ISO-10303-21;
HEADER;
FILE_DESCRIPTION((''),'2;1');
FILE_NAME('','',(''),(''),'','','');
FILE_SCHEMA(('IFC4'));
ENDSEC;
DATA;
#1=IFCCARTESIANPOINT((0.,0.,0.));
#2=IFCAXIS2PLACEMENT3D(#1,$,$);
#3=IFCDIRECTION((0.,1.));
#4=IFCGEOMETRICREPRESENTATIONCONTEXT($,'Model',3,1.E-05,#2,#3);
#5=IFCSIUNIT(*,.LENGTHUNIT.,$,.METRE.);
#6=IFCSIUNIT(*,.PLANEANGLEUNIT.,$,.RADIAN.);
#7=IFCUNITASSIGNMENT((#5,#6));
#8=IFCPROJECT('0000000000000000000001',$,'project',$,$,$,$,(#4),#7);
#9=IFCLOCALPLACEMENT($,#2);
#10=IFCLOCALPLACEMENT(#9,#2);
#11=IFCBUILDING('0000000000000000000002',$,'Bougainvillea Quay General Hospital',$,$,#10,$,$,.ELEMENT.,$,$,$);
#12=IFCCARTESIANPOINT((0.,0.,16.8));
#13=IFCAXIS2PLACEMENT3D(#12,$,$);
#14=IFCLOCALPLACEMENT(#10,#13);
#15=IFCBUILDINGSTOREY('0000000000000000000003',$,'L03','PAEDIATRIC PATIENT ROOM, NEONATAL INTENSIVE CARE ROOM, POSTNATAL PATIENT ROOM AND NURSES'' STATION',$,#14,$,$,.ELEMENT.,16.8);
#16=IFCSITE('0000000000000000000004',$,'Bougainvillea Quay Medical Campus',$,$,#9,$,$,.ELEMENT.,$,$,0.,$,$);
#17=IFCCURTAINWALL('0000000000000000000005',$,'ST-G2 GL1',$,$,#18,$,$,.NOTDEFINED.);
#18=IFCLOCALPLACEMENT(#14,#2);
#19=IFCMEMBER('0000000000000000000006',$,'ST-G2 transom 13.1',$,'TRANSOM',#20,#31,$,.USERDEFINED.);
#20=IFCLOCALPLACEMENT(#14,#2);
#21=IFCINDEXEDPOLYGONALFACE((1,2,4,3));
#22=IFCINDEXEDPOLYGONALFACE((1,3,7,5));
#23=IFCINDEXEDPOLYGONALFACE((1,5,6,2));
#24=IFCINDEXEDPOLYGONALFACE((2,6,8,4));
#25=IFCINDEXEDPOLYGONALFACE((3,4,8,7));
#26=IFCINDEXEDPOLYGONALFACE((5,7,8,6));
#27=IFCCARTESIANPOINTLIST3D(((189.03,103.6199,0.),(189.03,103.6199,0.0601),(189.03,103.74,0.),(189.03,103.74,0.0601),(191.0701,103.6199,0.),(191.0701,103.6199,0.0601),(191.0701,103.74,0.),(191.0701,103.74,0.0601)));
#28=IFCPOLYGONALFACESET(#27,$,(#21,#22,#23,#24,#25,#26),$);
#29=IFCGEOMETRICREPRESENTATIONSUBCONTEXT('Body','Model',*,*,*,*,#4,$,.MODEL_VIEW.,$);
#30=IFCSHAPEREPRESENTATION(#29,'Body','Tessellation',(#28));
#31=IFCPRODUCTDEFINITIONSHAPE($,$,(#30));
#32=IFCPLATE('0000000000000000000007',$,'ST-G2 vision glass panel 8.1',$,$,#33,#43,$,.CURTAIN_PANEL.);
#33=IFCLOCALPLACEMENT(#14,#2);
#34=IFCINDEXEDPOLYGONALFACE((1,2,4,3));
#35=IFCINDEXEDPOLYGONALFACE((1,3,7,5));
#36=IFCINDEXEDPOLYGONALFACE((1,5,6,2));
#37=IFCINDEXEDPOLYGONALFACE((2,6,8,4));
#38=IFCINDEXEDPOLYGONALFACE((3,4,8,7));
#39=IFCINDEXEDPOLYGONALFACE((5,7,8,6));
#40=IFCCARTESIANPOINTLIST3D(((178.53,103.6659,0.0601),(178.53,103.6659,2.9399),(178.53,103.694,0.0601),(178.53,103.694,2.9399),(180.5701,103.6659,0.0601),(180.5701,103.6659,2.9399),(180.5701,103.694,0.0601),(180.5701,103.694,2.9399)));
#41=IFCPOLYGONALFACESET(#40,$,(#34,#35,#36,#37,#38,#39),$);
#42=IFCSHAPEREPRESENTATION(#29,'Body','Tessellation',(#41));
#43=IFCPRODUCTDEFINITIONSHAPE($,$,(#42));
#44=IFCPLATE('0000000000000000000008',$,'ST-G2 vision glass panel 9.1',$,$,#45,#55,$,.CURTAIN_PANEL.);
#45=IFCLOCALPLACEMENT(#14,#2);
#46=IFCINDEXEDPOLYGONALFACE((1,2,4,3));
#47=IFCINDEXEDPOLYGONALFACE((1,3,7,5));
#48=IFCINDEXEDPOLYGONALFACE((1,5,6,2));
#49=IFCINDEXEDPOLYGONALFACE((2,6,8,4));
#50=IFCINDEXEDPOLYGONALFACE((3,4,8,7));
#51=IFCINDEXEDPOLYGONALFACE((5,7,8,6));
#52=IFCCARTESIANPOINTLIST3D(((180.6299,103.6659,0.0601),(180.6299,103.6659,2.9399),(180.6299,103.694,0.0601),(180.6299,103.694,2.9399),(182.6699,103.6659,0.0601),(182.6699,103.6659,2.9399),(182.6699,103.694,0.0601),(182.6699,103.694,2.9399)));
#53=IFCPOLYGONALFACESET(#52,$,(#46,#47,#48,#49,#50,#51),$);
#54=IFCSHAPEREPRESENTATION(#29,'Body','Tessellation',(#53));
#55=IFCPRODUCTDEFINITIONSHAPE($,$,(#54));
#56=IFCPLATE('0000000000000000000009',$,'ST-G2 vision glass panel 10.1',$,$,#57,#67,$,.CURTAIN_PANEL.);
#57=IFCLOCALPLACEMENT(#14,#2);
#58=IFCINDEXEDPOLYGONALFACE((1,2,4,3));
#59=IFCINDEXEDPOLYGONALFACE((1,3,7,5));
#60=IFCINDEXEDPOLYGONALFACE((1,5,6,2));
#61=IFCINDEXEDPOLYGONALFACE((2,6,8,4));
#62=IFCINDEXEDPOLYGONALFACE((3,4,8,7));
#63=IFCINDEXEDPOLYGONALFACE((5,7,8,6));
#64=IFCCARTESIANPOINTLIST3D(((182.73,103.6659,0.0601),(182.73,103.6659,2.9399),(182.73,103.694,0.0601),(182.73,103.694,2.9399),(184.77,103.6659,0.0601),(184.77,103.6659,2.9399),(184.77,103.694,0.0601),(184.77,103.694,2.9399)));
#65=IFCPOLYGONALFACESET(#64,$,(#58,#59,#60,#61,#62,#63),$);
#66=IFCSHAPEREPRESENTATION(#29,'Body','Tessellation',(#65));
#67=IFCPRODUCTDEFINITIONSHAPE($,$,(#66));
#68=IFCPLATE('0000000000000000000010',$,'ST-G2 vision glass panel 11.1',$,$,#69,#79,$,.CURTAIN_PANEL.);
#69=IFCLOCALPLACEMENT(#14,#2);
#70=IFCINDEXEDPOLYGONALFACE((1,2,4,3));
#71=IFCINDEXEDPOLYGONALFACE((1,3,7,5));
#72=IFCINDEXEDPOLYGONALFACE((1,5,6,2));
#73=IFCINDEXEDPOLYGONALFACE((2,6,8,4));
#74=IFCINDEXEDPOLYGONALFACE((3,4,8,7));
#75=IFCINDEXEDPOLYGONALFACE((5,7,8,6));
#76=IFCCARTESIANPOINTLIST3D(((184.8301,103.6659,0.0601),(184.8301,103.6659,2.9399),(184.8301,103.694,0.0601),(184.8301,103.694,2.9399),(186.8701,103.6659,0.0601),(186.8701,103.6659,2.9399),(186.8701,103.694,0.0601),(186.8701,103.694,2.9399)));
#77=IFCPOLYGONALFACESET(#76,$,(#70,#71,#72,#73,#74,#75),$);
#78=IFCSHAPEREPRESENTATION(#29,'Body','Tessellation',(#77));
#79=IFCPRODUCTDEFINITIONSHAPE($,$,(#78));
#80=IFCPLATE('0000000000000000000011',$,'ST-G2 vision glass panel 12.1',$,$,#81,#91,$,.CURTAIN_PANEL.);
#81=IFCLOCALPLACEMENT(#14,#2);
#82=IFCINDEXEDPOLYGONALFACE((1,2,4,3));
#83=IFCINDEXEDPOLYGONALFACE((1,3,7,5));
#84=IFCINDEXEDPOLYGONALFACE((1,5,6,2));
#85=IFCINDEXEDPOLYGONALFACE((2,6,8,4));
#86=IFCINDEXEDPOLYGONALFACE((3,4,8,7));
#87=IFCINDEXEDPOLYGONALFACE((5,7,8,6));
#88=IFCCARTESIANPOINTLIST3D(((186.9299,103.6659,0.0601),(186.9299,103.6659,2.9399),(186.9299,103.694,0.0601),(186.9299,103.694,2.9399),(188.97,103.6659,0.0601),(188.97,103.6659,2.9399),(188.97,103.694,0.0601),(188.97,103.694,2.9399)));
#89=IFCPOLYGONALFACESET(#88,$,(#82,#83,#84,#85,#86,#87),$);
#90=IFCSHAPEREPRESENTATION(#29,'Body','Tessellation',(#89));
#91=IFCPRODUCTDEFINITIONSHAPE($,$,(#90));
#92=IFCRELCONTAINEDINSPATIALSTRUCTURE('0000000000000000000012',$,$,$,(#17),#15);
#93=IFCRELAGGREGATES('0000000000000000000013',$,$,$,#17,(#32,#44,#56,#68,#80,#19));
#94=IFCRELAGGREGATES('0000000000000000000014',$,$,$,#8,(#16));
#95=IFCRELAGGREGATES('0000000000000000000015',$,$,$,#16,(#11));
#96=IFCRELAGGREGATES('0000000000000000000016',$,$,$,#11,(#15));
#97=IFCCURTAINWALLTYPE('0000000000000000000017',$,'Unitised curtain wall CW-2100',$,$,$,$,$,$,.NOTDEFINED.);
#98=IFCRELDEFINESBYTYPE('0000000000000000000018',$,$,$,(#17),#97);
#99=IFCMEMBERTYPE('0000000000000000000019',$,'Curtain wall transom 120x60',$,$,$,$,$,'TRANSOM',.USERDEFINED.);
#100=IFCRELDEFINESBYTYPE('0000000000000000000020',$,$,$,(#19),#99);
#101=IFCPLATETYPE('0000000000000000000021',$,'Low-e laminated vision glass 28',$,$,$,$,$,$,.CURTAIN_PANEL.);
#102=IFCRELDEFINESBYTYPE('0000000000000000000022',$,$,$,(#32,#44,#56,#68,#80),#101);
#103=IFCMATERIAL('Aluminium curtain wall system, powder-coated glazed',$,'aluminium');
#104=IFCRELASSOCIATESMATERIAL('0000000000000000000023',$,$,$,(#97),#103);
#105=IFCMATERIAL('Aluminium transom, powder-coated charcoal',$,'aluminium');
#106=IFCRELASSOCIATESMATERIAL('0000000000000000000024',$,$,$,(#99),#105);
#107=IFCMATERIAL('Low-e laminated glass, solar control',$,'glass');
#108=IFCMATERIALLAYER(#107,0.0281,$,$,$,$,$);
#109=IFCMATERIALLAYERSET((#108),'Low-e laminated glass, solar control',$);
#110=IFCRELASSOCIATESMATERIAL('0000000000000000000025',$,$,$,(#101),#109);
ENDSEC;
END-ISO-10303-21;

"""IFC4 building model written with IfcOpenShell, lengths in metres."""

from ifc_helpers import new_model, si_unit, direction, frame, origin, origin_2d, place, context, subcontext, project, spatial, rectangle, extrude, material, layer, layer_set, material_profile, profile_set, type_object, element, aggregate, save


model = new_model("IFC4")

# Units and contexts
model_context = context("Model", 3, precision=1e-05, world=origin(), true_north=direction((0.0, 1.0)))
body_context = subcontext(model_context, "Body", "Model", "MODEL_VIEW")
ifc_project = project(units=[si_unit("LENGTHUNIT", "METRE"), si_unit("PLANEANGLEUNIT", "RADIAN")], contexts=[model_context])

# Site, building, storey
site_placement = place(None, origin())
site = spatial("IfcSite", under=ifc_project, at=site_placement, Name="Bougainvillea Quay Medical Campus", CompositionType="ELEMENT", RefElevation=0.0)
building_placement = place(site_placement, origin())
building = spatial("IfcBuilding", under=site, at=building_placement, Name="Bougainvillea Quay General Hospital", CompositionType="ELEMENT")
storey_placement = place(building_placement, frame((0.0, 0.0, 16.8)))
storey = spatial("IfcBuildingStorey", under=building, at=storey_placement, Name="L03", Description="PAEDIATRIC PATIENT ROOM, NEONATAL INTENSIVE CARE ROOM, POSTNATAL PATIENT ROOM AND NURSES' STATION", CompositionType="ELEMENT", Elevation=16.8)

# Curtain wall, member, plates
ifc_material_1 = material(Name="Aluminium curtain wall system, powder-coated glazed", Category="aluminium")
curtain_wall_type = type_object("IfcCurtainWallType", Name="Unitised curtain wall CW-2100", PredefinedType="NOTDEFINED", material=ifc_material_1)
curtain_wall_placement = place(storey_placement, origin())
curtain_wall = element("IfcCurtainWall", 1, at=curtain_wall_placement, inside=storey, type_object=curtain_wall_type, Name="ST-G2 GL1", PredefinedType="NOTDEFINED")
ifc_material_2 = material(Name="Aluminium transom, powder-coated charcoal", Category="aluminium")
ifc_material_profile_1 = material_profile(ifc_material_2, rectangle(XDim=0.1201, YDim=0.0601, at=origin_2d()))
ifc_profile_set_1 = profile_set([ifc_material_profile_1], Name="Aluminium transom, powder-coated charcoal")
member_type_1 = type_object("IfcMemberType", Name="Curtain wall transom 120x60", ElementType="TRANSOM", PredefinedType="USERDEFINED", material=ifc_profile_set_1)
member_1_placement = place(storey_placement, frame((189.03, 103.6799, 0.03), z_axis=(1.0, 0.0, 0.0), x_axis=(0.0, 1.0, 0.0)))
member_1 = element("IfcMember", 2, at=member_1_placement, type_object=member_type_1, Name="ST-G2 transom 13.1", ObjectType="TRANSOM", PredefinedType="USERDEFINED", context=body_context, shape_type="SweptSolid", body=[
    extrude(rectangle(XDim=0.1201, YDim=0.0601, at=origin_2d()), origin(), (0.0, 0.0, 1.0), 2.04),
])
ifc_material_3 = material(Name="Low-e laminated glass, solar control", Category="glass")
ifc_layer = layer(ifc_material_3, 0.0281)
ifc_layer_set = layer_set([ifc_layer], Name="Low-e laminated glass, solar control")
plate_type = type_object("IfcPlateType", Name="Low-e laminated vision glass 28", PredefinedType="CURTAIN_PANEL", material=ifc_layer_set)
plate_1_placement = place(storey_placement, frame((179.55, 103.6799, 0.0601), z_axis=(0.0, 0.0, 1.0), x_axis=(1.0, 0.0, 0.0)))
plate_1 = element("IfcPlate", 3, at=plate_1_placement, type_object=plate_type, Name="ST-G2 vision glass panel 8.1", PredefinedType="CURTAIN_PANEL", context=body_context, shape_type="SweptSolid", body=[
    extrude(rectangle(XDim=2.04, YDim=0.0281, at=origin_2d()), origin(), (0.0, 0.0, 1.0), 2.8799),
])
plate_2_placement = place(storey_placement, frame((181.6499, 103.6799, 0.0601), z_axis=(0.0, 0.0, 1.0), x_axis=(1.0, 0.0, 0.0)))
plate_2 = element("IfcPlate", 4, at=plate_2_placement, type_object=plate_type, Name="ST-G2 vision glass panel 9.1", PredefinedType="CURTAIN_PANEL", context=body_context, shape_type="SweptSolid", body=[
    extrude(rectangle(XDim=2.04, YDim=0.0281, at=origin_2d()), origin(), (0.0, 0.0, 1.0), 2.8799),
])
plate_3_placement = place(storey_placement, frame((183.75, 103.6799, 0.0601), z_axis=(0.0, 0.0, 1.0), x_axis=(1.0, 0.0, 0.0)))
plate_3 = element("IfcPlate", 5, at=plate_3_placement, type_object=plate_type, Name="ST-G2 vision glass panel 10.1", PredefinedType="CURTAIN_PANEL", context=body_context, shape_type="SweptSolid", body=[
    extrude(rectangle(XDim=2.04, YDim=0.0281, at=origin_2d()), origin(), (0.0, 0.0, 1.0), 2.8799),
])
plate_4_placement = place(storey_placement, frame((185.8501, 103.6799, 0.0601), z_axis=(0.0, 0.0, 1.0), x_axis=(1.0, 0.0, 0.0)))
plate_4 = element("IfcPlate", 6, at=plate_4_placement, type_object=plate_type, Name="ST-G2 vision glass panel 11.1", PredefinedType="CURTAIN_PANEL", context=body_context, shape_type="SweptSolid", body=[
    extrude(rectangle(XDim=2.04, YDim=0.0281, at=origin_2d()), origin(), (0.0, 0.0, 1.0), 2.8799),
])
plate_5_placement = place(storey_placement, frame((187.95, 103.6799, 0.0601), z_axis=(0.0, 0.0, 1.0), x_axis=(1.0, 0.0, 0.0)))
plate_5 = element("IfcPlate", 7, at=plate_5_placement, type_object=plate_type, Name="ST-G2 vision glass panel 12.1", PredefinedType="CURTAIN_PANEL", context=body_context, shape_type="SweptSolid", body=[
    extrude(rectangle(XDim=2.04, YDim=0.0281, at=origin_2d()), origin(), (0.0, 0.0, 1.0), 2.8799),
])
aggregate(curtain_wall, [plate_1, plate_2, plate_3, plate_4, plate_5, member_1])

save(model, "model.ifc")
